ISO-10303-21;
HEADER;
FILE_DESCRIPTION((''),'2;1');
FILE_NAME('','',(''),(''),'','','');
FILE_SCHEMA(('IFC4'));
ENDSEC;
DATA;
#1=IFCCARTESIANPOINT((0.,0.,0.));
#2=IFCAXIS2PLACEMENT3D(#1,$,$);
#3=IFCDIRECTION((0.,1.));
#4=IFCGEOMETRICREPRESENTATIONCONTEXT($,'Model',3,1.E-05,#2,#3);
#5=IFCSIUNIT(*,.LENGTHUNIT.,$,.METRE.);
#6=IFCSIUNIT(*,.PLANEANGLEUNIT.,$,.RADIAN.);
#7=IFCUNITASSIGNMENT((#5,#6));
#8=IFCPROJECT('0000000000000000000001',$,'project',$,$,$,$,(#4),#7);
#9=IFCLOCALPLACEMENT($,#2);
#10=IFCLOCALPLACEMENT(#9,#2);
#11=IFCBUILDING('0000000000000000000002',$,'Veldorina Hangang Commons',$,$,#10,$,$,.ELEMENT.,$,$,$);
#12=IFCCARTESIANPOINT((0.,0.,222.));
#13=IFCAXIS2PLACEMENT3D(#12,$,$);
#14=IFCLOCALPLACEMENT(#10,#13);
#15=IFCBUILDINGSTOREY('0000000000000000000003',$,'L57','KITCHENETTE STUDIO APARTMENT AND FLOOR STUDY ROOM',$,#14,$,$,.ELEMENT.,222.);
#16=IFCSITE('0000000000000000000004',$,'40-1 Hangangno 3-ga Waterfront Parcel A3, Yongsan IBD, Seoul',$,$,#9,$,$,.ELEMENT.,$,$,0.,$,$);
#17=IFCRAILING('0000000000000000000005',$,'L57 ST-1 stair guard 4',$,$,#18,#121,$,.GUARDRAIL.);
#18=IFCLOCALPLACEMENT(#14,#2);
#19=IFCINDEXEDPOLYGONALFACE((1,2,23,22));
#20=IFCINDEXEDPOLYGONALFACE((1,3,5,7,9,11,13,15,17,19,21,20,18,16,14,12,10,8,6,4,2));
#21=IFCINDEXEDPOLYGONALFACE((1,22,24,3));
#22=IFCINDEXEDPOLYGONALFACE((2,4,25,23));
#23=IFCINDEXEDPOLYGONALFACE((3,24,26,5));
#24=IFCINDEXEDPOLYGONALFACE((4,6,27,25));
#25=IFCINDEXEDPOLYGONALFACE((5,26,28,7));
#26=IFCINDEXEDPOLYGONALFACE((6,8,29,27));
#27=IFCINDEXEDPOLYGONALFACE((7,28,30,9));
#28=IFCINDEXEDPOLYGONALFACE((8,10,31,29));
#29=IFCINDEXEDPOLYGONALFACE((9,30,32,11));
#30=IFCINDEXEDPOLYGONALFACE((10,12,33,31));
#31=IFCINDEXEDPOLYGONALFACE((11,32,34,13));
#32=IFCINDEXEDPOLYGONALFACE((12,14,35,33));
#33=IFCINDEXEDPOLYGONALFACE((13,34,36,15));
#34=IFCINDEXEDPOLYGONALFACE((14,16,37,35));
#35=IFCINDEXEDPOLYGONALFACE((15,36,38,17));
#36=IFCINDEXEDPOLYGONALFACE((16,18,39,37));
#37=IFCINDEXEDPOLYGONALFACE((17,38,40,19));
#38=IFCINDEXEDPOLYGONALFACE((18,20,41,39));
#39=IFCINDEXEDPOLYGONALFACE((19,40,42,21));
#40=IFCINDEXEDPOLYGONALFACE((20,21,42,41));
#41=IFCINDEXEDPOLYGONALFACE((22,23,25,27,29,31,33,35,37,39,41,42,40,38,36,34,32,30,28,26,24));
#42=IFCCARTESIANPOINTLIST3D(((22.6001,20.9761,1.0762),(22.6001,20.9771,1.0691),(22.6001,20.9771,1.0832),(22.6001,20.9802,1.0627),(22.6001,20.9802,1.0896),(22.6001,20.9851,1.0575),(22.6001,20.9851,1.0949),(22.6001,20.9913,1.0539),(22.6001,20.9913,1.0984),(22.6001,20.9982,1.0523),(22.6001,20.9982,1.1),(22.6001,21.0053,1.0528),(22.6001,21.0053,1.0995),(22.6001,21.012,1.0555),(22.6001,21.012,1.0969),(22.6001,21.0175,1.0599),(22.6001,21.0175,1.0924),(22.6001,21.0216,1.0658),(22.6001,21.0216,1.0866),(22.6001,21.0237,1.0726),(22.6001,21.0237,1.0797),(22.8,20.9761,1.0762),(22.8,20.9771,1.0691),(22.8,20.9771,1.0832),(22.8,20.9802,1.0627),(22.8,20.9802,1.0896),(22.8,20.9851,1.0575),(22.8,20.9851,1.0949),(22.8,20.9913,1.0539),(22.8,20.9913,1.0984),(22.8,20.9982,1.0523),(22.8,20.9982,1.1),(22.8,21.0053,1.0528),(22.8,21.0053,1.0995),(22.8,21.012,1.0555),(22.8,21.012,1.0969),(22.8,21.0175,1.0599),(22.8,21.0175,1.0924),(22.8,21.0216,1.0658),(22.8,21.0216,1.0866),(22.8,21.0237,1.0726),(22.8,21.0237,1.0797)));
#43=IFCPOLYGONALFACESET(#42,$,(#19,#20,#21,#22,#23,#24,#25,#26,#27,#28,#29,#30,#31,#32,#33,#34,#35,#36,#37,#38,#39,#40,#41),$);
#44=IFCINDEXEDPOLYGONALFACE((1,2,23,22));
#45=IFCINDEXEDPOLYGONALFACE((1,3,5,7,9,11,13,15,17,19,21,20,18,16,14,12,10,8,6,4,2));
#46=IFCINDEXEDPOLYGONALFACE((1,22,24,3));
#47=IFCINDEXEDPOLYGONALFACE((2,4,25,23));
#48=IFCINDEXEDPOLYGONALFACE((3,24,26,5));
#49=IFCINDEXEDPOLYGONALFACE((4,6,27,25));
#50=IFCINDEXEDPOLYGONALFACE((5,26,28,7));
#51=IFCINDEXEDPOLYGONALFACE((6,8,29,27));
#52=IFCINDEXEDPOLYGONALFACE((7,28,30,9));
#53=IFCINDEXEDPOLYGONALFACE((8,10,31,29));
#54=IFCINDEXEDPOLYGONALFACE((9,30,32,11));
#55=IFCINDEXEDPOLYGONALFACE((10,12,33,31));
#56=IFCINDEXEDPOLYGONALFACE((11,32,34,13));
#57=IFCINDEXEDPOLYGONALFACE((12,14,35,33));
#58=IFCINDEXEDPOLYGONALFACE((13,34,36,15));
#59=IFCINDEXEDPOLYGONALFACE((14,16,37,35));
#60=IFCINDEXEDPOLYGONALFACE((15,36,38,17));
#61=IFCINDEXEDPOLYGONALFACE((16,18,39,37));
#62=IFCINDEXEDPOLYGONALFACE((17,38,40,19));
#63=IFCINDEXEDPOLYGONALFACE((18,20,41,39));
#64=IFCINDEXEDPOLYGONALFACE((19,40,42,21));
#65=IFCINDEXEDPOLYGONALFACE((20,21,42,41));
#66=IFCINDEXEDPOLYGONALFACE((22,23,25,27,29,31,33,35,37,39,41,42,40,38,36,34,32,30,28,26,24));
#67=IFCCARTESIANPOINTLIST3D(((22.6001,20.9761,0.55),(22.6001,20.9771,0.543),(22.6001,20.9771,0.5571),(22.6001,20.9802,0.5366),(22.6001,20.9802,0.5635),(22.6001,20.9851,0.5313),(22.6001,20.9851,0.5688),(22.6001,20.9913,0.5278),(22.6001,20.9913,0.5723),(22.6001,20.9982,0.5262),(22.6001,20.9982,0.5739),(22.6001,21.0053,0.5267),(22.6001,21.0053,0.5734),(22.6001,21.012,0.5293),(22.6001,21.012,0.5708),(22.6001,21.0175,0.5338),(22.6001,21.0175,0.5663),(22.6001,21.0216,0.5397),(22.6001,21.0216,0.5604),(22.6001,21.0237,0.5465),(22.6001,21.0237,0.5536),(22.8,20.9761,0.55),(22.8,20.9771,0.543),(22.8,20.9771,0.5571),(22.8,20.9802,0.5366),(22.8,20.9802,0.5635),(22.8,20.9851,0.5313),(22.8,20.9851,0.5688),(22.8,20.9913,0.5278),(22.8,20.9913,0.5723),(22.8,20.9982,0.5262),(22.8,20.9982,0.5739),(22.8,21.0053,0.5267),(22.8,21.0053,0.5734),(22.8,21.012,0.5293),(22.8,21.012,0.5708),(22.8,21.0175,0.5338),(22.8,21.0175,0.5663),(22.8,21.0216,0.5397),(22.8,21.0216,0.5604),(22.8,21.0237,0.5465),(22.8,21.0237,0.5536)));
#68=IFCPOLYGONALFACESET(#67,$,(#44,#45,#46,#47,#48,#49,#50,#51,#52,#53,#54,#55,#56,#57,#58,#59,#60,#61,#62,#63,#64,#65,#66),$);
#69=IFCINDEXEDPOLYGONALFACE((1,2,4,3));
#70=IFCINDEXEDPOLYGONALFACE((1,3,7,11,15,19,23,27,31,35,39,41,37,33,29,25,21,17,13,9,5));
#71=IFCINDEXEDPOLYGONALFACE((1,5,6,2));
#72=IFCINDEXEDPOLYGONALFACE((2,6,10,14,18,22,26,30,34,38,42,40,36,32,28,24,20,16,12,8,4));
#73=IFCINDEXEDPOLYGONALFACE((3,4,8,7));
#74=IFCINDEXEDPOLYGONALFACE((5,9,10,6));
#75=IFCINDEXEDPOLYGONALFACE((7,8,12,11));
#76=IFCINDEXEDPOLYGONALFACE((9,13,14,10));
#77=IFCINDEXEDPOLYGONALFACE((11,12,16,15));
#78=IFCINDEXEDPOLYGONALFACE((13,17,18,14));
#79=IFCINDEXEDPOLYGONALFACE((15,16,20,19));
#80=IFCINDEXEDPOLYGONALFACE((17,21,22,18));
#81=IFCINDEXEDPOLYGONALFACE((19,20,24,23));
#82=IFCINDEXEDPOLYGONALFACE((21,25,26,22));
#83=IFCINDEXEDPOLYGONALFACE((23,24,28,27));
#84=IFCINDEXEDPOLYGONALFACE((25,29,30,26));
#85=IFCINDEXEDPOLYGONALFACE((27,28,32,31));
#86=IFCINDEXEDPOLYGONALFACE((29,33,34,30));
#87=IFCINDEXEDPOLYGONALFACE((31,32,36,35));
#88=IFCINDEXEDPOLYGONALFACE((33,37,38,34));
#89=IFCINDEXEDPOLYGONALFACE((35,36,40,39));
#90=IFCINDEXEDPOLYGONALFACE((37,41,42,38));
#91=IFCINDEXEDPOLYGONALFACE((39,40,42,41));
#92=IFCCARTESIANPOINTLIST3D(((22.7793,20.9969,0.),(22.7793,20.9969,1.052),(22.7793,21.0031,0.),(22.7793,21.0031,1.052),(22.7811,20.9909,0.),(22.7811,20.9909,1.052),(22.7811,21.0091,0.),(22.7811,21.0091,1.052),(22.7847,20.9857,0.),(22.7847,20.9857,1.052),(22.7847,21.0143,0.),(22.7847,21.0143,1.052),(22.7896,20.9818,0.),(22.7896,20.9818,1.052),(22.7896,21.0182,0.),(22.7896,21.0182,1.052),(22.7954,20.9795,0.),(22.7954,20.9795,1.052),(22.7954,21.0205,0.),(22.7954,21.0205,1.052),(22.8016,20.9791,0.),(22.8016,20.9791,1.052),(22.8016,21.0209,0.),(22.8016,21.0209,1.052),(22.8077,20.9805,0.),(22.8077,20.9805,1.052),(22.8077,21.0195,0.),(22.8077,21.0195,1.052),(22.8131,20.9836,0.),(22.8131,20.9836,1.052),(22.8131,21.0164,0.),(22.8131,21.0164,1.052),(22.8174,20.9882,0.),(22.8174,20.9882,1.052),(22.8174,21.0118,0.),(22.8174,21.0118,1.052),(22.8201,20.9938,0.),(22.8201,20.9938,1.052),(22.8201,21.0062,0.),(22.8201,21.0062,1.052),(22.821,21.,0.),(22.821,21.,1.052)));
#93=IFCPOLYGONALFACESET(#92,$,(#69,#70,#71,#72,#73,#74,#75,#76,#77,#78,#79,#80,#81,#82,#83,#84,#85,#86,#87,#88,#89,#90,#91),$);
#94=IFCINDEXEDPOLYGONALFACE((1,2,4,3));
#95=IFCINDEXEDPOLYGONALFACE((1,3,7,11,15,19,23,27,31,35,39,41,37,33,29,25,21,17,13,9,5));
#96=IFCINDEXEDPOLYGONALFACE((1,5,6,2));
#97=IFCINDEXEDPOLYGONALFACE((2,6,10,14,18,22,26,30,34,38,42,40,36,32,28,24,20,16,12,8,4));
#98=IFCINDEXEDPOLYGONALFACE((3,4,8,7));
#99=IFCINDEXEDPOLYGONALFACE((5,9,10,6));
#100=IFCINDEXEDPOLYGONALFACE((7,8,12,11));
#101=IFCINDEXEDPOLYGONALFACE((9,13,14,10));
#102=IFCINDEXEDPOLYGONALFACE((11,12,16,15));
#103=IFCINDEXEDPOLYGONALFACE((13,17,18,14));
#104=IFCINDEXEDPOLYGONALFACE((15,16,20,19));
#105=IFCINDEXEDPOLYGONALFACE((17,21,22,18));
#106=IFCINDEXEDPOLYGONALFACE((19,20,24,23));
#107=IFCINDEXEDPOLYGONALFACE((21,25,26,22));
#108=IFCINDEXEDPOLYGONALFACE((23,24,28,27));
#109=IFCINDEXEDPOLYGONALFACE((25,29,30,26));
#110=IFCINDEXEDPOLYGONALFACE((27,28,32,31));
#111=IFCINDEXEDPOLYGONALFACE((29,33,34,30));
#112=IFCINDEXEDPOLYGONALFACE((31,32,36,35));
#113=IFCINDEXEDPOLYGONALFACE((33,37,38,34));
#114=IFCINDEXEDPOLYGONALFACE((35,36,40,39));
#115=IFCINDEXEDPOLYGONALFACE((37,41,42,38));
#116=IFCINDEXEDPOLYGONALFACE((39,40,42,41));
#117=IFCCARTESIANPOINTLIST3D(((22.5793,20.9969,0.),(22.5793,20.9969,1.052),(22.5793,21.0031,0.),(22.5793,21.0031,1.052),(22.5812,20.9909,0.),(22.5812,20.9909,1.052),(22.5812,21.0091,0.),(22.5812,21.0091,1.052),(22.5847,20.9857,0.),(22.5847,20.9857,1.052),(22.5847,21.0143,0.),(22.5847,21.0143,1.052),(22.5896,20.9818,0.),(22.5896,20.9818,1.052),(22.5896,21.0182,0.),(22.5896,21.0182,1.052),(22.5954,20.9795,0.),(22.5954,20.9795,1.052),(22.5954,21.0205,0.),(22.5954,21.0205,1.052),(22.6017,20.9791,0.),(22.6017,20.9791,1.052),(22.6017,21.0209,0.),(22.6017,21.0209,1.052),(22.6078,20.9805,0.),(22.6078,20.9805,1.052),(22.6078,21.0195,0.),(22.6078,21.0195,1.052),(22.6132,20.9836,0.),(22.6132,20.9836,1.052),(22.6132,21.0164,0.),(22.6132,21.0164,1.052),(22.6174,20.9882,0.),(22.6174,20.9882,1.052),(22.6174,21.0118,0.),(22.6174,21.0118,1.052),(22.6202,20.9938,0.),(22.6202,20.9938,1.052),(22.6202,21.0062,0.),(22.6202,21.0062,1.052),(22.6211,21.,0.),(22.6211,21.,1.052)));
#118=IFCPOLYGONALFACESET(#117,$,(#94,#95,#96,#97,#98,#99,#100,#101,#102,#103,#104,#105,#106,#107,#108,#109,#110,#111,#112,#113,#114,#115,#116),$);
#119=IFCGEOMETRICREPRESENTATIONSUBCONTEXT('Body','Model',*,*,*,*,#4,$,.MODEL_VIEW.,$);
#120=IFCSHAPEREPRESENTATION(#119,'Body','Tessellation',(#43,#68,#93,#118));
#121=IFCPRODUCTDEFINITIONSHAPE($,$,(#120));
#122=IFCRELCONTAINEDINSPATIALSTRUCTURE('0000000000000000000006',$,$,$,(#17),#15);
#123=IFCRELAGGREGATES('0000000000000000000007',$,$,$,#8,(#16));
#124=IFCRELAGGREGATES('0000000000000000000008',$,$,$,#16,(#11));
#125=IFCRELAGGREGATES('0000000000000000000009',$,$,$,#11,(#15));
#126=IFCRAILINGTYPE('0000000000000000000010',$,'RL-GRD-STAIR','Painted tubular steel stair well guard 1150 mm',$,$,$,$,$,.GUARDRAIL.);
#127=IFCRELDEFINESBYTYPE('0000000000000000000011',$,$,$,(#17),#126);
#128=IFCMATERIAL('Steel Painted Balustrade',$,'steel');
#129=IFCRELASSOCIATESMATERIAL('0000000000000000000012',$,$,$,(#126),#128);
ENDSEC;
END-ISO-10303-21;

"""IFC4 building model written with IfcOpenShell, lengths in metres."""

from ifc_helpers import new_model, si_unit, direction, frame, origin, origin_2d, place, context, subcontext, project, spatial, circle, extrude, material, type_object, element, save


model = new_model("IFC4")

# Units and contexts
model_context = context("Model", 3, precision=1e-05, world=origin(), true_north=direction((0.0, 1.0)))
body_context = subcontext(model_context, "Body", "Model", "MODEL_VIEW")
ifc_project = project(units=[si_unit("LENGTHUNIT", "METRE"), si_unit("PLANEANGLEUNIT", "RADIAN")], contexts=[model_context])

# Site, building, storey
site_placement = place(None, origin())
site = spatial("IfcSite", under=ifc_project, at=site_placement, Name="40-1 Hangangno 3-ga Waterfront Parcel A3, Yongsan IBD, Seoul", CompositionType="ELEMENT", RefElevation=0.0)
building_placement = place(site_placement, origin())
building = spatial("IfcBuilding", under=site, at=building_placement, Name="Veldorina Hangang Commons", CompositionType="ELEMENT")
storey_placement = place(building_placement, frame((0.0, 0.0, 222.0)))
storey = spatial("IfcBuildingStorey", under=building, at=storey_placement, Name="L57", Description="KITCHENETTE STUDIO APARTMENT AND FLOOR STUDY ROOM", CompositionType="ELEMENT", Elevation=222.0)

# Railing
ifc_material_1 = material(Name="Steel Painted Balustrade", Category="steel")
railing_type_1 = type_object("IfcRailingType", Name="RL-GRD-STAIR", Description="Painted tubular steel stair well guard 1150 mm", PredefinedType="GUARDRAIL", material=ifc_material_1)
railing_1_placement = place(storey_placement, frame((22.8, 21.0, 0.0)))
element("IfcRailing", 1, at=railing_1_placement, inside=storey, type_object=railing_type_1, Name="L57 ST-1 stair guard 4", PredefinedType="GUARDRAIL", context=body_context, shape_type="SweptSolid", body=[
    extrude(circle(Radius=0.0239, at=origin_2d()), frame((0.0, 0.0, 1.0762), z_axis=(-1.0, 0.0, 0.0), x_axis=(0.0, -1.0, 0.0)), (0.0, 0.0, 1.0), 0.2),
    extrude(circle(Radius=0.0239, at=origin_2d()), frame((0.0, 0.0, 0.55), z_axis=(-1.0, 0.0, 0.0), x_axis=(0.0, -1.0, 0.0)), (0.0, 0.0, 1.0), 0.2),
    extrude(circle(Radius=0.021, at=origin_2d()), origin(), (0.0, 0.0, 1.0), 1.052),
    extrude(circle(Radius=0.021, at=origin_2d()), frame((-0.2, 0.0, 0.0)), (0.0, 0.0, 1.0), 1.052),
])

save(model, "model.ifc")
